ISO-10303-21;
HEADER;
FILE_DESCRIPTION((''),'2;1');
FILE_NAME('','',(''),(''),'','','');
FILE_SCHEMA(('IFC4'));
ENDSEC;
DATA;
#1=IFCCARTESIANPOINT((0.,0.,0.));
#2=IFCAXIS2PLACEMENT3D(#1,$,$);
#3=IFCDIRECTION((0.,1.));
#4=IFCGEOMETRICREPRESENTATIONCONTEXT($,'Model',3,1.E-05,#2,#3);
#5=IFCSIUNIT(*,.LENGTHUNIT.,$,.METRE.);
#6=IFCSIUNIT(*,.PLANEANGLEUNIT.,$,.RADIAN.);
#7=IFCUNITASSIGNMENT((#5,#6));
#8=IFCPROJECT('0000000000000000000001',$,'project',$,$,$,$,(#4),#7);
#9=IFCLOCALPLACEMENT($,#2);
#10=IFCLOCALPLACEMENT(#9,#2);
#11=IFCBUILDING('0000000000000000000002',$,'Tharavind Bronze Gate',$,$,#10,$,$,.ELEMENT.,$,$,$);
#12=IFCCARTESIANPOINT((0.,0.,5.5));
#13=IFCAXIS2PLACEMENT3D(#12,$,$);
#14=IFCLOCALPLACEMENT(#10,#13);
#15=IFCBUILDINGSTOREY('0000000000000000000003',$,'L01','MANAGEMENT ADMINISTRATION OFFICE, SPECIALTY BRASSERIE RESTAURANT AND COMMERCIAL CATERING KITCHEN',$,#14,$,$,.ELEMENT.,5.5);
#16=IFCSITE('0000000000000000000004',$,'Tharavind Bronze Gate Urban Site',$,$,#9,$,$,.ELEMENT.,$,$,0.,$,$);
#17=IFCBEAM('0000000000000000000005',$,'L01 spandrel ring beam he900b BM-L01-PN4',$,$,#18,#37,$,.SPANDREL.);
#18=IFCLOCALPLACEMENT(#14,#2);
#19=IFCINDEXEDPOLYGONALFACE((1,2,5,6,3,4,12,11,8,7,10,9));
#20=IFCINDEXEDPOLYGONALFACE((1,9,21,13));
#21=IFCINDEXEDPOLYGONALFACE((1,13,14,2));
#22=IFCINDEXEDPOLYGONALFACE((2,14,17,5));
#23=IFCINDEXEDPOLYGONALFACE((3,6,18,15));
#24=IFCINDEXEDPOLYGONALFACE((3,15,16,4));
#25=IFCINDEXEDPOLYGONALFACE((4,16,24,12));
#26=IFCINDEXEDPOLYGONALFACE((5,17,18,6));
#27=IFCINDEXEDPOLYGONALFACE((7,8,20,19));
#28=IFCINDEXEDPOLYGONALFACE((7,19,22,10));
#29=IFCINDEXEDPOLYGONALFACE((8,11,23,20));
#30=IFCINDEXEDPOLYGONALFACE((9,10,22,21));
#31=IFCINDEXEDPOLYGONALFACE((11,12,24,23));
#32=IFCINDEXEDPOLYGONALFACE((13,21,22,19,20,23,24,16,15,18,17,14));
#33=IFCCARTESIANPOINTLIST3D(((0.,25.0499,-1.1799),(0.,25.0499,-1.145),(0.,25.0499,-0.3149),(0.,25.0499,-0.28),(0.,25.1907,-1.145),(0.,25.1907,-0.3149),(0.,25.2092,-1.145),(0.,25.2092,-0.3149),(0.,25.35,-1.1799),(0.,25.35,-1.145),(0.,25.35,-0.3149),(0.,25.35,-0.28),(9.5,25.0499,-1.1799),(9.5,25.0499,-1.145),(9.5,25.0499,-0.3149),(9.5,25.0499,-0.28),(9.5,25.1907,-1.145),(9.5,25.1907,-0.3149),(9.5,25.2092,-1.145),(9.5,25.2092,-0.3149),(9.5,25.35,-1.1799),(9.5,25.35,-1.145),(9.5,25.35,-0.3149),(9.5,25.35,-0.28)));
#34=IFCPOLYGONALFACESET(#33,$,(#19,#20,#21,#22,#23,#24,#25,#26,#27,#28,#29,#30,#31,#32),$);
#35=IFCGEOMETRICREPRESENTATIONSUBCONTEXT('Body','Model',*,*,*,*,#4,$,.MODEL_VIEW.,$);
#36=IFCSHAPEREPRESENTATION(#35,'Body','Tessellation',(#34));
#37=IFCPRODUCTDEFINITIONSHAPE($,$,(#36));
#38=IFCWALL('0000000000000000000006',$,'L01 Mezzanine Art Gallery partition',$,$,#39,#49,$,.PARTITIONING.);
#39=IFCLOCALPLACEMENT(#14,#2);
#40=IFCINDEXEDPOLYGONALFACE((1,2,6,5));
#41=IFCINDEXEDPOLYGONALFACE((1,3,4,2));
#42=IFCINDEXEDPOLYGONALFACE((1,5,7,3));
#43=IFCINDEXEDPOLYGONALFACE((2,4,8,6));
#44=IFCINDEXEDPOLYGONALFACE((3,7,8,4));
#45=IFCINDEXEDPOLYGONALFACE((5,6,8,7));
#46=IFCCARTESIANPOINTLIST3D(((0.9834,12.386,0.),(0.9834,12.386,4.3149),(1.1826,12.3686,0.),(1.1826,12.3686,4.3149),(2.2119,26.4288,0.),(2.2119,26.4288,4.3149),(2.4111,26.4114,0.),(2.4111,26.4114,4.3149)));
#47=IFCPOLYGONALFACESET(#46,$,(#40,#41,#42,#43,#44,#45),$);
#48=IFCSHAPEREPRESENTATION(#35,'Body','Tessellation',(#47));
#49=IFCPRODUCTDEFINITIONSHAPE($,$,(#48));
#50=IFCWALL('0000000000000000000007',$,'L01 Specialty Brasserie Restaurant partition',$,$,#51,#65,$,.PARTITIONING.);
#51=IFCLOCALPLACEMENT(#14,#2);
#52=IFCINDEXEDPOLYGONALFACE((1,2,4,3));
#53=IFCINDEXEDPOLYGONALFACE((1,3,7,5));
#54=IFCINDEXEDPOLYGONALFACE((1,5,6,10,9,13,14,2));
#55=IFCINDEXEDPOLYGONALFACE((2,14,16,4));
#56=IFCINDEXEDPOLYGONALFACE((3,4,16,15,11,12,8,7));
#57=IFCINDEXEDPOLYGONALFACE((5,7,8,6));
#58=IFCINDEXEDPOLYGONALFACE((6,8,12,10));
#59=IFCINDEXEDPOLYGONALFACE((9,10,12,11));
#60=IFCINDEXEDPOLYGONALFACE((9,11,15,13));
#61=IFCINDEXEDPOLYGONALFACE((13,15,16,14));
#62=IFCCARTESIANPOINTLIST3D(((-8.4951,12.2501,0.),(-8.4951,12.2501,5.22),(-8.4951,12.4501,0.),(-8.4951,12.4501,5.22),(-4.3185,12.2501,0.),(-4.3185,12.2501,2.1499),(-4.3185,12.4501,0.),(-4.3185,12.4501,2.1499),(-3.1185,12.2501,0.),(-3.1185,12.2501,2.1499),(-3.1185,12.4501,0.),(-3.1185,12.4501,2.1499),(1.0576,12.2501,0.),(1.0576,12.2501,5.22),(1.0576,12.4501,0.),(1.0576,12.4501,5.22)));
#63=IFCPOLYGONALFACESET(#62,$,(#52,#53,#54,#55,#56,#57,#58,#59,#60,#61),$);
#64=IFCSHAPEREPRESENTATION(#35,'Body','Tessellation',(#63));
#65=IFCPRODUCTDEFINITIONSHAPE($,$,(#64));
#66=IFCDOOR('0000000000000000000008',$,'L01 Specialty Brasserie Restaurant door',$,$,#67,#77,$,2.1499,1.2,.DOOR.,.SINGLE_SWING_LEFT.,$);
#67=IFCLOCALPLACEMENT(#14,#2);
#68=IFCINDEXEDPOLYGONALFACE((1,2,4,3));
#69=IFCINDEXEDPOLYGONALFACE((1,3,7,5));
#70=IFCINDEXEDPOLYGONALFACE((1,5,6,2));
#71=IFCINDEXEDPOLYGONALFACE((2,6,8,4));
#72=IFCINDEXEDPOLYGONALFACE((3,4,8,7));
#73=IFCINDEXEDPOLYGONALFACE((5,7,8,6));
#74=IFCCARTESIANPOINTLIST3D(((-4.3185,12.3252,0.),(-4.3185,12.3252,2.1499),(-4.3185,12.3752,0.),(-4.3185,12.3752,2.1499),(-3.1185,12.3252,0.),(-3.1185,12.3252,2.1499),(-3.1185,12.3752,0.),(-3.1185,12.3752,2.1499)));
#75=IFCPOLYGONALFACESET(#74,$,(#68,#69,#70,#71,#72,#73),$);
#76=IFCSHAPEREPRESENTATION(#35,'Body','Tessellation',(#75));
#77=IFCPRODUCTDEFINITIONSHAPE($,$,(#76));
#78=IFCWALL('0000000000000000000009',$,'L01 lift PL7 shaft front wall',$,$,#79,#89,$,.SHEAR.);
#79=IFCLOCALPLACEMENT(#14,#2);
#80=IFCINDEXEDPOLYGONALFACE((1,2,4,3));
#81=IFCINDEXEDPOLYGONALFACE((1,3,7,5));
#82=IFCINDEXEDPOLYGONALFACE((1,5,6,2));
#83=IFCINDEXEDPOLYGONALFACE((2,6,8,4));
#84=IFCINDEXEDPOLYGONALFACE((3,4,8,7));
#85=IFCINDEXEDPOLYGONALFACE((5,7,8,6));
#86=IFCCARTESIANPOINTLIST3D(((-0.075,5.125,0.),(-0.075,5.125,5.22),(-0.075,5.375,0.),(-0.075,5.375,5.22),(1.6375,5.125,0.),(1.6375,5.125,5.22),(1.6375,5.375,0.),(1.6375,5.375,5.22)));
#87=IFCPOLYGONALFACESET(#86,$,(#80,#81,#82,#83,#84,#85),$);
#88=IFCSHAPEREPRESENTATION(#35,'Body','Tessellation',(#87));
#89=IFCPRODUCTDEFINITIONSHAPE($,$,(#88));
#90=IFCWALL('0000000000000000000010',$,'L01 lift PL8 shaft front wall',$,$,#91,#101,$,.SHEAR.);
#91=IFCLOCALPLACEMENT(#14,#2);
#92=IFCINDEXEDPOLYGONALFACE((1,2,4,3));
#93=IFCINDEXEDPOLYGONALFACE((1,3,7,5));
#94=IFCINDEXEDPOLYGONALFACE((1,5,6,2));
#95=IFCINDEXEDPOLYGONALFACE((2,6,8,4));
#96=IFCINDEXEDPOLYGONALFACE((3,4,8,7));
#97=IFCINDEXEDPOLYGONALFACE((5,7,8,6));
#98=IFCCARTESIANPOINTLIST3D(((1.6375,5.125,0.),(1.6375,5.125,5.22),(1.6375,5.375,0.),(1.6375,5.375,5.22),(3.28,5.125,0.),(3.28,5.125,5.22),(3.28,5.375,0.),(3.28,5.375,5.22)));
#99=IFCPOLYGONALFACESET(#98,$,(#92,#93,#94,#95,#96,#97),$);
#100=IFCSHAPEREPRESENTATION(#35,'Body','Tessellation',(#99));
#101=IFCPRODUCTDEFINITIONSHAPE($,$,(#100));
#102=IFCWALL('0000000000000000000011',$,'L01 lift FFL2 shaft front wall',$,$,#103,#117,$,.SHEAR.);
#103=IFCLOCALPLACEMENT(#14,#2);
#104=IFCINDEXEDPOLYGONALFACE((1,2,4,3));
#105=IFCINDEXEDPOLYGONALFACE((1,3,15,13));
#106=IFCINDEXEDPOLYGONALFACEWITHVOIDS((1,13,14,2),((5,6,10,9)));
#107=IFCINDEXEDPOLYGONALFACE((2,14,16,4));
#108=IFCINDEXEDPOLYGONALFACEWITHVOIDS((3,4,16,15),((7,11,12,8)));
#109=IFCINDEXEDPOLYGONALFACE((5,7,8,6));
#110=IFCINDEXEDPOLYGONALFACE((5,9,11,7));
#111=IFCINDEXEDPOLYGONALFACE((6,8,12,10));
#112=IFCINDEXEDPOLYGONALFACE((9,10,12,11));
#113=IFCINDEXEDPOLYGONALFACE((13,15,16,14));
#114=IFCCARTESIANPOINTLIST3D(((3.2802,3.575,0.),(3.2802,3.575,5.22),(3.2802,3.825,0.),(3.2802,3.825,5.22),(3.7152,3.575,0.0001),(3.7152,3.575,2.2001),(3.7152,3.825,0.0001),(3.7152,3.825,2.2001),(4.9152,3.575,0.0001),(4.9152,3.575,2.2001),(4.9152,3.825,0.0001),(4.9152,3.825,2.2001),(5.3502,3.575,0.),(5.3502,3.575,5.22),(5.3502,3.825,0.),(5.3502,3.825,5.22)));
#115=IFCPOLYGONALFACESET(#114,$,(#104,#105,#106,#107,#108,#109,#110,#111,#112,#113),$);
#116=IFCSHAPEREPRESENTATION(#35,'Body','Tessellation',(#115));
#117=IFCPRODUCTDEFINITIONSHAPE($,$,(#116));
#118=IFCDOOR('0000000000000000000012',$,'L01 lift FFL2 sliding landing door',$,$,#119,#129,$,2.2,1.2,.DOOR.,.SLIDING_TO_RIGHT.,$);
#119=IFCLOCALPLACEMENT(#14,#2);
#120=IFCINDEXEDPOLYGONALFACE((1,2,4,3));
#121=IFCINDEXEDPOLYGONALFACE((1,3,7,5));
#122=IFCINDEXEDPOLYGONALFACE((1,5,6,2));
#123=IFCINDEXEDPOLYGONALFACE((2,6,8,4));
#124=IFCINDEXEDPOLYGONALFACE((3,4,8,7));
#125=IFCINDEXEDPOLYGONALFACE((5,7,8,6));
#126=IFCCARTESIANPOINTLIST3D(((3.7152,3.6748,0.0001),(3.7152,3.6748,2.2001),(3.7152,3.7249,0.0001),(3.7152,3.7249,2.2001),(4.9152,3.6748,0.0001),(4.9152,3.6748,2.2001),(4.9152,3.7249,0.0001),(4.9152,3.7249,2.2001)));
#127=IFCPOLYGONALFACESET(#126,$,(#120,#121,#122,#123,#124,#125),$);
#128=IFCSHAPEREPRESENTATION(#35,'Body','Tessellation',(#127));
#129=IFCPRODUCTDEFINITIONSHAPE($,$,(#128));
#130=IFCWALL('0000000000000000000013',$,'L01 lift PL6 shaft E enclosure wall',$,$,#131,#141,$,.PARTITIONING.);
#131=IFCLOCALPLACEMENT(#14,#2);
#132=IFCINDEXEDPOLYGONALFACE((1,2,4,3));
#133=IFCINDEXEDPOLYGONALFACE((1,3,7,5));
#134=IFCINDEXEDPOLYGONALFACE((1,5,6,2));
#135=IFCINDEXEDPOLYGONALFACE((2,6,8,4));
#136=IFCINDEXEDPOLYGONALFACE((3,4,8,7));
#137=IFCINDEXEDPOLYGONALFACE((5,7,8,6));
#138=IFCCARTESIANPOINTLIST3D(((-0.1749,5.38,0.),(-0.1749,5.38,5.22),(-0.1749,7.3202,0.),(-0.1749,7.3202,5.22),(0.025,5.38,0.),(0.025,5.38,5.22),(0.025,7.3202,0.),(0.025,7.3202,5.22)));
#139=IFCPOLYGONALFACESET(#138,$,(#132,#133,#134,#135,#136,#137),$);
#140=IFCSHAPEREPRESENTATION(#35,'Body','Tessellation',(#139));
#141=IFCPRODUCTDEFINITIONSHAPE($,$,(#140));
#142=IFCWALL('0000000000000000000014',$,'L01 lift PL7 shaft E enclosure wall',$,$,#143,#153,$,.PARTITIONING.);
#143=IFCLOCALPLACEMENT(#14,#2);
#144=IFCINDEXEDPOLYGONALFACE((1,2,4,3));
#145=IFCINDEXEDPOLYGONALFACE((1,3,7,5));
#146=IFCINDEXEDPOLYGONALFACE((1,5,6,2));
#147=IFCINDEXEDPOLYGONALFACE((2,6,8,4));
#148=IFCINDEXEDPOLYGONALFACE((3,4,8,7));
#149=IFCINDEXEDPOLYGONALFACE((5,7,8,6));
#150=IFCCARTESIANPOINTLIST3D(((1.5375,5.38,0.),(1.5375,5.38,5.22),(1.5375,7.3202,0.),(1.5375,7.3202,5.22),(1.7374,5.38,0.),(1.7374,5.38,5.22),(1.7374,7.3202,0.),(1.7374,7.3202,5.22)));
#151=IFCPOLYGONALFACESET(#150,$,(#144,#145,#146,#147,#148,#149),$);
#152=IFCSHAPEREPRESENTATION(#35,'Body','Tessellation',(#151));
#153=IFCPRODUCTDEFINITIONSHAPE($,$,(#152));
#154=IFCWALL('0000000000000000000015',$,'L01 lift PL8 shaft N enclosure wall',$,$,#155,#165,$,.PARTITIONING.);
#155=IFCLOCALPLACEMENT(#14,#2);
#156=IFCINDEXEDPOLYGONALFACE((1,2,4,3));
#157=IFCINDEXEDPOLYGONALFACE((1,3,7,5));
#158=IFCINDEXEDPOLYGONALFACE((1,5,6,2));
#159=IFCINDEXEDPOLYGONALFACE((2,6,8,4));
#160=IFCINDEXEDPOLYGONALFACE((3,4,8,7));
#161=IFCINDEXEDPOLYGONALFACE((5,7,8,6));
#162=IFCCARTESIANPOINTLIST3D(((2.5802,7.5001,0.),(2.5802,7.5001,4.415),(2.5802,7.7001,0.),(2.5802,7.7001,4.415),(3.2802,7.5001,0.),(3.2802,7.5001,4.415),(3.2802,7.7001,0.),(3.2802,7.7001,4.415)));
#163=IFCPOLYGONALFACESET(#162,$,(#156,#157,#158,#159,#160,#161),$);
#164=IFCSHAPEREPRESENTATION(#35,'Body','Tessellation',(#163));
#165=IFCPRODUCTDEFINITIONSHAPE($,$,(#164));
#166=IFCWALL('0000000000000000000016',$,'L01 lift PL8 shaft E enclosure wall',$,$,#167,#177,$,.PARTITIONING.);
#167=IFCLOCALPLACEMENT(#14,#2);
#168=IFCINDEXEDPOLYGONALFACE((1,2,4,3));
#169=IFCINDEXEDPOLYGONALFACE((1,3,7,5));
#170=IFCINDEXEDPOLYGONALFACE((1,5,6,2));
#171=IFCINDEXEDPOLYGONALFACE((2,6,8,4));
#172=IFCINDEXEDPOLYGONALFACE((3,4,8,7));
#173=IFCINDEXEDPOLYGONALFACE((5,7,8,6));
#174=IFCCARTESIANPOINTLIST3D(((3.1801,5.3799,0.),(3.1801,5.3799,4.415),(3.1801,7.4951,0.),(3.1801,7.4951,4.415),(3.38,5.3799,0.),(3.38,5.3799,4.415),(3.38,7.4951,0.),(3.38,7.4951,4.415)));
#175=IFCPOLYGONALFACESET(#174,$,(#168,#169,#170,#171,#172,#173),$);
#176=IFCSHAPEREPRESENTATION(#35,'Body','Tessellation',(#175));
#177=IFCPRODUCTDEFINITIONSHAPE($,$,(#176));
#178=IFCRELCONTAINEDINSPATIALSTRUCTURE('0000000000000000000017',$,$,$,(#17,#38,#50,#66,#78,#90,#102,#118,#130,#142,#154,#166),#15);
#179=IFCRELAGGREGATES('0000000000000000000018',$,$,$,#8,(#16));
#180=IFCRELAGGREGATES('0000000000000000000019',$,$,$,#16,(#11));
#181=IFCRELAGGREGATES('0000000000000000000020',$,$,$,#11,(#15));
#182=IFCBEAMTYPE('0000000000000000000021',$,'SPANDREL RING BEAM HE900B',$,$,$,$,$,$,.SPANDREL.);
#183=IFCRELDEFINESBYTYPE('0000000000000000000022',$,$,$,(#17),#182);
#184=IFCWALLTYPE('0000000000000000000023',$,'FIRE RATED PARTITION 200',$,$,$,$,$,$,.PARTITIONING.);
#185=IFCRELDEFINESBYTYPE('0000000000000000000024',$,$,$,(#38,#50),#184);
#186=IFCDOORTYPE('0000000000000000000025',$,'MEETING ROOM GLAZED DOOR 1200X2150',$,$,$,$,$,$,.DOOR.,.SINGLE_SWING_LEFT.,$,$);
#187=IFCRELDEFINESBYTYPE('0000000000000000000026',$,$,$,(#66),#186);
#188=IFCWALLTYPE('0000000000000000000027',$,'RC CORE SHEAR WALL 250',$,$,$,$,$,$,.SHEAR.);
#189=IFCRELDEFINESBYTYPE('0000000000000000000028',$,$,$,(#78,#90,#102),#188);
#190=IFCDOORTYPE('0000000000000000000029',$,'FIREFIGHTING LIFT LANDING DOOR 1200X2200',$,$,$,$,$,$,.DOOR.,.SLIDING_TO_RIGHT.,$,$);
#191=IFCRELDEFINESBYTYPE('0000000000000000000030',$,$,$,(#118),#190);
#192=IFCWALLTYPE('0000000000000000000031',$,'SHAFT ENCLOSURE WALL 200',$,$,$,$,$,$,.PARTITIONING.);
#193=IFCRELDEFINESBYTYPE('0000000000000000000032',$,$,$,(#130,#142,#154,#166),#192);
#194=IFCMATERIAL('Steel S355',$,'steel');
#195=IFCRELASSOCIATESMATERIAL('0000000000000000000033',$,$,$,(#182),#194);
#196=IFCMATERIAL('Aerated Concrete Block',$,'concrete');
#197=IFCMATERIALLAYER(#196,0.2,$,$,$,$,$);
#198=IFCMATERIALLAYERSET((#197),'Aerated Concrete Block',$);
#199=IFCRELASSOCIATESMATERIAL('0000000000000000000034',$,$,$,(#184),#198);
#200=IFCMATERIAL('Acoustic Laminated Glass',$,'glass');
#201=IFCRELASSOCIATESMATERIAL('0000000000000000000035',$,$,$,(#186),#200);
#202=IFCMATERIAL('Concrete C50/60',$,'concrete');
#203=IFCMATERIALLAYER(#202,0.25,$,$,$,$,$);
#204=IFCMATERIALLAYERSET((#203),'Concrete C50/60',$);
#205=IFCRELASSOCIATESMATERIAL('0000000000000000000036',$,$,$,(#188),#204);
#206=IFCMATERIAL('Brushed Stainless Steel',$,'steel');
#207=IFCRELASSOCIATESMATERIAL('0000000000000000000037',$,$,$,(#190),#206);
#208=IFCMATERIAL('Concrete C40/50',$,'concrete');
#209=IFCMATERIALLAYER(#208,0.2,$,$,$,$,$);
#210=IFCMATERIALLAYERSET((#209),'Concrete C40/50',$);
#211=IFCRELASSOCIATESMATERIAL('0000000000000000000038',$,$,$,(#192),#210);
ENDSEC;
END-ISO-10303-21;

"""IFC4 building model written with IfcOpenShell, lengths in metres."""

from ifc_helpers import new_model, si_unit, direction, frame, frame_2d, origin, origin_2d, place, context, subcontext, project, spatial, rectangle, i_section, extrude, material, layer, layer_set, material_profile, profile_set, type_object, element, fill, save


model = new_model("IFC4")

# Units and contexts
model_context = context("Model", 3, precision=1e-05, world=origin(), true_north=direction((0.0, 1.0)))
body_context = subcontext(model_context, "Body", "Model", "MODEL_VIEW")
ifc_project = project(units=[si_unit("LENGTHUNIT", "METRE"), si_unit("PLANEANGLEUNIT", "RADIAN")], contexts=[model_context])

# Site, building, storey
site_placement = place(None, origin())
site = spatial("IfcSite", under=ifc_project, at=site_placement, Name="Tharavind Bronze Gate Urban Site", CompositionType="ELEMENT", RefElevation=0.0)
building_placement = place(site_placement, origin())
building = spatial("IfcBuilding", under=site, at=building_placement, Name="Tharavind Bronze Gate", CompositionType="ELEMENT")
storey_placement = place(building_placement, frame((0.0, 0.0, 5.5)))
storey = spatial("IfcBuildingStorey", under=building, at=storey_placement, Name="L01", Description="MANAGEMENT ADMINISTRATION OFFICE, SPECIALTY BRASSERIE RESTAURANT AND COMMERCIAL CATERING KITCHEN", CompositionType="ELEMENT", Elevation=5.5)

# Beam
ifc_material_1 = material(Name="Steel S355", Category="steel")
ifc_material_profile_1 = material_profile(ifc_material_1, i_section(OverallWidth=0.3, OverallDepth=0.8999, WebThickness=0.0186, FlangeThickness=0.0349, at=origin_2d()), Name="HE900B")
ifc_profile_set_1 = profile_set([ifc_material_profile_1], Name="Steel S355")
beam_type_1 = type_object("IfcBeamType", Name="SPANDREL RING BEAM HE900B", PredefinedType="SPANDREL", material=ifc_profile_set_1)
beam_1_placement = place(storey_placement, frame((0.0, 25.2, -0.73), z_axis=(1.0, 0.0, 0.0), x_axis=(0.0, 1.0, 0.0)))
element("IfcBeam", 1, at=beam_1_placement, inside=storey, type_object=beam_type_1, Name="L01 spandrel ring beam he900b BM-L01-PN4", PredefinedType="SPANDREL", context=body_context, shape_type="SweptSolid", body=[
    extrude(i_section(OverallWidth=0.3, OverallDepth=0.8999, WebThickness=0.0186, FlangeThickness=0.0349, at=origin_2d()), origin(), (0.0, 0.0, 1.0), 9.5),
])

# Wall
ifc_material_2 = material(Name="Aerated Concrete Block", Category="concrete")
ifc_layer_1 = layer(ifc_material_2, 0.2)
ifc_layer_set_1 = layer_set([ifc_layer_1], Name="Aerated Concrete Block")
wall_type_1 = type_object("IfcWallType", Name="FIRE RATED PARTITION 200", PredefinedType="PARTITIONING", material=ifc_layer_set_1)
wall_1_placement = place(storey_placement, frame((1.083, 12.3772, 0.0), z_axis=(0.0, 0.0, 1.0), x_axis=(0.087151, 0.996195, 0.0)))
element("IfcWall", 2, at=wall_1_placement, inside=storey, type_object=wall_type_1, Name="L01 Mezzanine Art Gallery partition", PredefinedType="PARTITIONING", context=body_context, shape_type="SweptSolid", body=[
    extrude(rectangle(XDim=14.0964, YDim=0.2, at=frame_2d((7.0483, 0.0))), origin(), (0.0, 0.0, 1.0), 4.3149),
])

# Wall, opening, door
wall_2_placement = place(storey_placement, frame((1.0576, 12.3501, 0.0), z_axis=(0.0, 0.0, 1.0), x_axis=(-1.0, 0.0, 0.0)))
wall_2 = element("IfcWall", 3, at=wall_2_placement, inside=storey, type_object=wall_type_1, Name="L01 Specialty Brasserie Restaurant partition", PredefinedType="PARTITIONING", context=body_context, shape_type="SweptSolid", body=[
    extrude(rectangle(XDim=9.5527, YDim=0.2, at=frame_2d((4.7764, 0.0))), origin(), (0.0, 0.0, 1.0), 5.22),
])
opening_1_placement = place(wall_2_placement, frame((4.176, 0.0, 0.0)))
opening_1 = element("IfcOpeningElement", 4, at=opening_1_placement, cuts=wall_2, PredefinedType="OPENING", context=body_context, shape_type="SweptSolid", body=[
    extrude(rectangle(XDim=1.2, YDim=2.1499, at=frame_2d((0.6001, 1.075))), frame((0.0, 0.1101, 0.0), z_axis=(0.0, -1.0, 0.0), x_axis=(1.0, 0.0, 0.0)), (0.0, 0.0, 1.0), 0.22),
])
ifc_material_3 = material(Name="Acoustic Laminated Glass", Category="glass")
door_type_1 = type_object("IfcDoorType", Name="MEETING ROOM GLAZED DOOR 1200X2150", OperationType="SINGLE_SWING_LEFT", PredefinedType="DOOR", material=ifc_material_3)
door_1_placement = place(opening_1_placement, origin())
door_1 = element("IfcDoor", 5, at=door_1_placement, inside=storey, type_object=door_type_1, Name="L01 Specialty Brasserie Restaurant door", OperationType="SINGLE_SWING_LEFT", OverallHeight=2.1499, OverallWidth=1.2, PredefinedType="DOOR", context=body_context, shape_type="SweptSolid", body=[
    extrude(rectangle(XDim=1.2, YDim=2.1499, at=frame_2d((0.6001, 1.075))), frame((0.0, 0.0249, 0.0), z_axis=(0.0, -1.0, 0.0), x_axis=(1.0, 0.0, 0.0)), (0.0, 0.0, 1.0), 0.05),
])
fill(opening_1, door_1)
ifc_material_4 = material(Name="Concrete C50/60", Category="concrete")
ifc_layer_2 = layer(ifc_material_4, 0.25)
ifc_layer_set_2 = layer_set([ifc_layer_2], Name="Concrete C50/60")
wall_type_2 = type_object("IfcWallType", Name="RC CORE SHEAR WALL 250", PredefinedType="SHEAR", material=ifc_layer_set_2)

# Walls
wall_3_placement = place(storey_placement, frame((-0.075, 5.25, 0.0), z_axis=(0.0, 0.0, 1.0), x_axis=(1.0, 0.0, 0.0)))
element("IfcWall", 6, at=wall_3_placement, inside=storey, type_object=wall_type_2, Name="L01 lift PL7 shaft front wall", PredefinedType="SHEAR", context=body_context, shape_type="SweptSolid", body=[
    extrude(rectangle(XDim=1.7124, YDim=0.25, at=frame_2d((0.8562, 0.0))), origin(), (0.0, 0.0, 1.0), 5.22),
])
wall_4_placement = place(storey_placement, frame((1.6375, 5.25, 0.0), z_axis=(0.0, 0.0, 1.0), x_axis=(1.0, 0.0, 0.0)))
element("IfcWall", 7, at=wall_4_placement, inside=storey, type_object=wall_type_2, Name="L01 lift PL8 shaft front wall", PredefinedType="SHEAR", context=body_context, shape_type="SweptSolid", body=[
    extrude(rectangle(XDim=1.6426, YDim=0.25, at=frame_2d((0.8213, 0.0))), origin(), (0.0, 0.0, 1.0), 5.22),
])

# Wall, opening, door
wall_5_placement = place(storey_placement, frame((3.28, 3.7, 0.0), z_axis=(0.0, 0.0, 1.0), x_axis=(1.0, 0.0, 0.0)))
wall_5 = element("IfcWall", 8, at=wall_5_placement, inside=storey, type_object=wall_type_2, Name="L01 lift FFL2 shaft front wall", PredefinedType="SHEAR", context=body_context, shape_type="SweptSolid", body=[
    extrude(rectangle(XDim=2.0701, YDim=0.25, at=frame_2d((1.0352, 0.0))), origin(), (0.0, 0.0, 1.0), 5.22),
])
opening_2_placement = place(wall_5_placement, frame((0.4351, 0.0, 0.0)))
opening_2 = element("IfcOpeningElement", 9, at=opening_2_placement, cuts=wall_5, PredefinedType="OPENING", context=body_context, shape_type="SweptSolid", body=[
    extrude(rectangle(XDim=1.2, YDim=2.2, at=frame_2d((0.6001, 1.1001))), frame((0.0, 0.135, 0.0), z_axis=(0.0, -1.0, 0.0), x_axis=(1.0, 0.0, 0.0)), (0.0, 0.0, 1.0), 0.27),
])
ifc_material_5 = material(Name="Brushed Stainless Steel", Category="steel")
door_type_2 = type_object("IfcDoorType", Name="FIREFIGHTING LIFT LANDING DOOR 1200X2200", OperationType="SLIDING_TO_RIGHT", PredefinedType="DOOR", material=ifc_material_5)
door_2_placement = place(opening_2_placement, origin())
door_2 = element("IfcDoor", 10, at=door_2_placement, inside=storey, type_object=door_type_2, Name="L01 lift FFL2 sliding landing door", OperationType="SLIDING_TO_RIGHT", OverallHeight=2.2, OverallWidth=1.2, PredefinedType="DOOR", context=body_context, shape_type="SweptSolid", body=[
    extrude(rectangle(XDim=1.2, YDim=2.2, at=frame_2d((0.6001, 1.1001))), frame((0.0, 0.0249, 0.0), z_axis=(0.0, -1.0, 0.0), x_axis=(1.0, 0.0, 0.0)), (0.0, 0.0, 1.0), 0.05),
])
fill(opening_2, door_2)

# Walls
ifc_material_6 = material(Name="Concrete C40/50", Category="concrete")
ifc_layer_3 = layer(ifc_material_6, 0.2)
ifc_layer_set_3 = layer_set([ifc_layer_3], Name="Concrete C40/50")
wall_type_3 = type_object("IfcWallType", Name="SHAFT ENCLOSURE WALL 200", PredefinedType="PARTITIONING", material=ifc_layer_set_3)
for number, where, z_axis, x_axis, name in (
    (11, (-0.075, 5.3799, 0.0), (0.0, 0.0, 1.0), (0.0, 1.0, 0.0), "L01 lift PL6 shaft E enclosure wall"),
    (12, (1.6375, 5.3799, 0.0), (0.0, 0.0, 1.0), (0.0, 1.0, 0.0), "L01 lift PL7 shaft E enclosure wall"),
):
    element("IfcWall", number, at=place(storey_placement, frame(where, z_axis=z_axis, x_axis=x_axis)), inside=storey, type_object=wall_type_3, Name=name, PredefinedType="PARTITIONING", context=body_context, shape_type="SweptSolid", body=[
        extrude(rectangle(XDim=1.9402, YDim=0.2, at=frame_2d((0.9702, 0.0))), origin(), (0.0, 0.0, 1.0), 5.22),
    ])
wall_6_placement = place(storey_placement, frame((2.5801, 7.6001, 0.0), z_axis=(0.0, 0.0, 1.0), x_axis=(1.0, 0.0, 0.0)))
element("IfcWall", 13, at=wall_6_placement, inside=storey, type_object=wall_type_3, Name="L01 lift PL8 shaft N enclosure wall", PredefinedType="PARTITIONING", context=body_context, shape_type="SweptSolid", body=[
    extrude(rectangle(XDim=0.7, YDim=0.2, at=frame_2d((0.3501, 0.0))), origin(), (0.0, 0.0, 1.0), 4.415),
])
wall_7_placement = place(storey_placement, frame((3.28, 5.3799, 0.0), z_axis=(0.0, 0.0, 1.0), x_axis=(0.0, 1.0, 0.0)))
element("IfcWall", 14, at=wall_7_placement, inside=storey, type_object=wall_type_3, Name="L01 lift PL8 shaft E enclosure wall", PredefinedType="PARTITIONING", context=body_context, shape_type="SweptSolid", body=[
    extrude(rectangle(XDim=2.1152, YDim=0.2, at=frame_2d((1.0576, 0.0))), origin(), (0.0, 0.0, 1.0), 4.415),
])

save(model, "model.ifc")
